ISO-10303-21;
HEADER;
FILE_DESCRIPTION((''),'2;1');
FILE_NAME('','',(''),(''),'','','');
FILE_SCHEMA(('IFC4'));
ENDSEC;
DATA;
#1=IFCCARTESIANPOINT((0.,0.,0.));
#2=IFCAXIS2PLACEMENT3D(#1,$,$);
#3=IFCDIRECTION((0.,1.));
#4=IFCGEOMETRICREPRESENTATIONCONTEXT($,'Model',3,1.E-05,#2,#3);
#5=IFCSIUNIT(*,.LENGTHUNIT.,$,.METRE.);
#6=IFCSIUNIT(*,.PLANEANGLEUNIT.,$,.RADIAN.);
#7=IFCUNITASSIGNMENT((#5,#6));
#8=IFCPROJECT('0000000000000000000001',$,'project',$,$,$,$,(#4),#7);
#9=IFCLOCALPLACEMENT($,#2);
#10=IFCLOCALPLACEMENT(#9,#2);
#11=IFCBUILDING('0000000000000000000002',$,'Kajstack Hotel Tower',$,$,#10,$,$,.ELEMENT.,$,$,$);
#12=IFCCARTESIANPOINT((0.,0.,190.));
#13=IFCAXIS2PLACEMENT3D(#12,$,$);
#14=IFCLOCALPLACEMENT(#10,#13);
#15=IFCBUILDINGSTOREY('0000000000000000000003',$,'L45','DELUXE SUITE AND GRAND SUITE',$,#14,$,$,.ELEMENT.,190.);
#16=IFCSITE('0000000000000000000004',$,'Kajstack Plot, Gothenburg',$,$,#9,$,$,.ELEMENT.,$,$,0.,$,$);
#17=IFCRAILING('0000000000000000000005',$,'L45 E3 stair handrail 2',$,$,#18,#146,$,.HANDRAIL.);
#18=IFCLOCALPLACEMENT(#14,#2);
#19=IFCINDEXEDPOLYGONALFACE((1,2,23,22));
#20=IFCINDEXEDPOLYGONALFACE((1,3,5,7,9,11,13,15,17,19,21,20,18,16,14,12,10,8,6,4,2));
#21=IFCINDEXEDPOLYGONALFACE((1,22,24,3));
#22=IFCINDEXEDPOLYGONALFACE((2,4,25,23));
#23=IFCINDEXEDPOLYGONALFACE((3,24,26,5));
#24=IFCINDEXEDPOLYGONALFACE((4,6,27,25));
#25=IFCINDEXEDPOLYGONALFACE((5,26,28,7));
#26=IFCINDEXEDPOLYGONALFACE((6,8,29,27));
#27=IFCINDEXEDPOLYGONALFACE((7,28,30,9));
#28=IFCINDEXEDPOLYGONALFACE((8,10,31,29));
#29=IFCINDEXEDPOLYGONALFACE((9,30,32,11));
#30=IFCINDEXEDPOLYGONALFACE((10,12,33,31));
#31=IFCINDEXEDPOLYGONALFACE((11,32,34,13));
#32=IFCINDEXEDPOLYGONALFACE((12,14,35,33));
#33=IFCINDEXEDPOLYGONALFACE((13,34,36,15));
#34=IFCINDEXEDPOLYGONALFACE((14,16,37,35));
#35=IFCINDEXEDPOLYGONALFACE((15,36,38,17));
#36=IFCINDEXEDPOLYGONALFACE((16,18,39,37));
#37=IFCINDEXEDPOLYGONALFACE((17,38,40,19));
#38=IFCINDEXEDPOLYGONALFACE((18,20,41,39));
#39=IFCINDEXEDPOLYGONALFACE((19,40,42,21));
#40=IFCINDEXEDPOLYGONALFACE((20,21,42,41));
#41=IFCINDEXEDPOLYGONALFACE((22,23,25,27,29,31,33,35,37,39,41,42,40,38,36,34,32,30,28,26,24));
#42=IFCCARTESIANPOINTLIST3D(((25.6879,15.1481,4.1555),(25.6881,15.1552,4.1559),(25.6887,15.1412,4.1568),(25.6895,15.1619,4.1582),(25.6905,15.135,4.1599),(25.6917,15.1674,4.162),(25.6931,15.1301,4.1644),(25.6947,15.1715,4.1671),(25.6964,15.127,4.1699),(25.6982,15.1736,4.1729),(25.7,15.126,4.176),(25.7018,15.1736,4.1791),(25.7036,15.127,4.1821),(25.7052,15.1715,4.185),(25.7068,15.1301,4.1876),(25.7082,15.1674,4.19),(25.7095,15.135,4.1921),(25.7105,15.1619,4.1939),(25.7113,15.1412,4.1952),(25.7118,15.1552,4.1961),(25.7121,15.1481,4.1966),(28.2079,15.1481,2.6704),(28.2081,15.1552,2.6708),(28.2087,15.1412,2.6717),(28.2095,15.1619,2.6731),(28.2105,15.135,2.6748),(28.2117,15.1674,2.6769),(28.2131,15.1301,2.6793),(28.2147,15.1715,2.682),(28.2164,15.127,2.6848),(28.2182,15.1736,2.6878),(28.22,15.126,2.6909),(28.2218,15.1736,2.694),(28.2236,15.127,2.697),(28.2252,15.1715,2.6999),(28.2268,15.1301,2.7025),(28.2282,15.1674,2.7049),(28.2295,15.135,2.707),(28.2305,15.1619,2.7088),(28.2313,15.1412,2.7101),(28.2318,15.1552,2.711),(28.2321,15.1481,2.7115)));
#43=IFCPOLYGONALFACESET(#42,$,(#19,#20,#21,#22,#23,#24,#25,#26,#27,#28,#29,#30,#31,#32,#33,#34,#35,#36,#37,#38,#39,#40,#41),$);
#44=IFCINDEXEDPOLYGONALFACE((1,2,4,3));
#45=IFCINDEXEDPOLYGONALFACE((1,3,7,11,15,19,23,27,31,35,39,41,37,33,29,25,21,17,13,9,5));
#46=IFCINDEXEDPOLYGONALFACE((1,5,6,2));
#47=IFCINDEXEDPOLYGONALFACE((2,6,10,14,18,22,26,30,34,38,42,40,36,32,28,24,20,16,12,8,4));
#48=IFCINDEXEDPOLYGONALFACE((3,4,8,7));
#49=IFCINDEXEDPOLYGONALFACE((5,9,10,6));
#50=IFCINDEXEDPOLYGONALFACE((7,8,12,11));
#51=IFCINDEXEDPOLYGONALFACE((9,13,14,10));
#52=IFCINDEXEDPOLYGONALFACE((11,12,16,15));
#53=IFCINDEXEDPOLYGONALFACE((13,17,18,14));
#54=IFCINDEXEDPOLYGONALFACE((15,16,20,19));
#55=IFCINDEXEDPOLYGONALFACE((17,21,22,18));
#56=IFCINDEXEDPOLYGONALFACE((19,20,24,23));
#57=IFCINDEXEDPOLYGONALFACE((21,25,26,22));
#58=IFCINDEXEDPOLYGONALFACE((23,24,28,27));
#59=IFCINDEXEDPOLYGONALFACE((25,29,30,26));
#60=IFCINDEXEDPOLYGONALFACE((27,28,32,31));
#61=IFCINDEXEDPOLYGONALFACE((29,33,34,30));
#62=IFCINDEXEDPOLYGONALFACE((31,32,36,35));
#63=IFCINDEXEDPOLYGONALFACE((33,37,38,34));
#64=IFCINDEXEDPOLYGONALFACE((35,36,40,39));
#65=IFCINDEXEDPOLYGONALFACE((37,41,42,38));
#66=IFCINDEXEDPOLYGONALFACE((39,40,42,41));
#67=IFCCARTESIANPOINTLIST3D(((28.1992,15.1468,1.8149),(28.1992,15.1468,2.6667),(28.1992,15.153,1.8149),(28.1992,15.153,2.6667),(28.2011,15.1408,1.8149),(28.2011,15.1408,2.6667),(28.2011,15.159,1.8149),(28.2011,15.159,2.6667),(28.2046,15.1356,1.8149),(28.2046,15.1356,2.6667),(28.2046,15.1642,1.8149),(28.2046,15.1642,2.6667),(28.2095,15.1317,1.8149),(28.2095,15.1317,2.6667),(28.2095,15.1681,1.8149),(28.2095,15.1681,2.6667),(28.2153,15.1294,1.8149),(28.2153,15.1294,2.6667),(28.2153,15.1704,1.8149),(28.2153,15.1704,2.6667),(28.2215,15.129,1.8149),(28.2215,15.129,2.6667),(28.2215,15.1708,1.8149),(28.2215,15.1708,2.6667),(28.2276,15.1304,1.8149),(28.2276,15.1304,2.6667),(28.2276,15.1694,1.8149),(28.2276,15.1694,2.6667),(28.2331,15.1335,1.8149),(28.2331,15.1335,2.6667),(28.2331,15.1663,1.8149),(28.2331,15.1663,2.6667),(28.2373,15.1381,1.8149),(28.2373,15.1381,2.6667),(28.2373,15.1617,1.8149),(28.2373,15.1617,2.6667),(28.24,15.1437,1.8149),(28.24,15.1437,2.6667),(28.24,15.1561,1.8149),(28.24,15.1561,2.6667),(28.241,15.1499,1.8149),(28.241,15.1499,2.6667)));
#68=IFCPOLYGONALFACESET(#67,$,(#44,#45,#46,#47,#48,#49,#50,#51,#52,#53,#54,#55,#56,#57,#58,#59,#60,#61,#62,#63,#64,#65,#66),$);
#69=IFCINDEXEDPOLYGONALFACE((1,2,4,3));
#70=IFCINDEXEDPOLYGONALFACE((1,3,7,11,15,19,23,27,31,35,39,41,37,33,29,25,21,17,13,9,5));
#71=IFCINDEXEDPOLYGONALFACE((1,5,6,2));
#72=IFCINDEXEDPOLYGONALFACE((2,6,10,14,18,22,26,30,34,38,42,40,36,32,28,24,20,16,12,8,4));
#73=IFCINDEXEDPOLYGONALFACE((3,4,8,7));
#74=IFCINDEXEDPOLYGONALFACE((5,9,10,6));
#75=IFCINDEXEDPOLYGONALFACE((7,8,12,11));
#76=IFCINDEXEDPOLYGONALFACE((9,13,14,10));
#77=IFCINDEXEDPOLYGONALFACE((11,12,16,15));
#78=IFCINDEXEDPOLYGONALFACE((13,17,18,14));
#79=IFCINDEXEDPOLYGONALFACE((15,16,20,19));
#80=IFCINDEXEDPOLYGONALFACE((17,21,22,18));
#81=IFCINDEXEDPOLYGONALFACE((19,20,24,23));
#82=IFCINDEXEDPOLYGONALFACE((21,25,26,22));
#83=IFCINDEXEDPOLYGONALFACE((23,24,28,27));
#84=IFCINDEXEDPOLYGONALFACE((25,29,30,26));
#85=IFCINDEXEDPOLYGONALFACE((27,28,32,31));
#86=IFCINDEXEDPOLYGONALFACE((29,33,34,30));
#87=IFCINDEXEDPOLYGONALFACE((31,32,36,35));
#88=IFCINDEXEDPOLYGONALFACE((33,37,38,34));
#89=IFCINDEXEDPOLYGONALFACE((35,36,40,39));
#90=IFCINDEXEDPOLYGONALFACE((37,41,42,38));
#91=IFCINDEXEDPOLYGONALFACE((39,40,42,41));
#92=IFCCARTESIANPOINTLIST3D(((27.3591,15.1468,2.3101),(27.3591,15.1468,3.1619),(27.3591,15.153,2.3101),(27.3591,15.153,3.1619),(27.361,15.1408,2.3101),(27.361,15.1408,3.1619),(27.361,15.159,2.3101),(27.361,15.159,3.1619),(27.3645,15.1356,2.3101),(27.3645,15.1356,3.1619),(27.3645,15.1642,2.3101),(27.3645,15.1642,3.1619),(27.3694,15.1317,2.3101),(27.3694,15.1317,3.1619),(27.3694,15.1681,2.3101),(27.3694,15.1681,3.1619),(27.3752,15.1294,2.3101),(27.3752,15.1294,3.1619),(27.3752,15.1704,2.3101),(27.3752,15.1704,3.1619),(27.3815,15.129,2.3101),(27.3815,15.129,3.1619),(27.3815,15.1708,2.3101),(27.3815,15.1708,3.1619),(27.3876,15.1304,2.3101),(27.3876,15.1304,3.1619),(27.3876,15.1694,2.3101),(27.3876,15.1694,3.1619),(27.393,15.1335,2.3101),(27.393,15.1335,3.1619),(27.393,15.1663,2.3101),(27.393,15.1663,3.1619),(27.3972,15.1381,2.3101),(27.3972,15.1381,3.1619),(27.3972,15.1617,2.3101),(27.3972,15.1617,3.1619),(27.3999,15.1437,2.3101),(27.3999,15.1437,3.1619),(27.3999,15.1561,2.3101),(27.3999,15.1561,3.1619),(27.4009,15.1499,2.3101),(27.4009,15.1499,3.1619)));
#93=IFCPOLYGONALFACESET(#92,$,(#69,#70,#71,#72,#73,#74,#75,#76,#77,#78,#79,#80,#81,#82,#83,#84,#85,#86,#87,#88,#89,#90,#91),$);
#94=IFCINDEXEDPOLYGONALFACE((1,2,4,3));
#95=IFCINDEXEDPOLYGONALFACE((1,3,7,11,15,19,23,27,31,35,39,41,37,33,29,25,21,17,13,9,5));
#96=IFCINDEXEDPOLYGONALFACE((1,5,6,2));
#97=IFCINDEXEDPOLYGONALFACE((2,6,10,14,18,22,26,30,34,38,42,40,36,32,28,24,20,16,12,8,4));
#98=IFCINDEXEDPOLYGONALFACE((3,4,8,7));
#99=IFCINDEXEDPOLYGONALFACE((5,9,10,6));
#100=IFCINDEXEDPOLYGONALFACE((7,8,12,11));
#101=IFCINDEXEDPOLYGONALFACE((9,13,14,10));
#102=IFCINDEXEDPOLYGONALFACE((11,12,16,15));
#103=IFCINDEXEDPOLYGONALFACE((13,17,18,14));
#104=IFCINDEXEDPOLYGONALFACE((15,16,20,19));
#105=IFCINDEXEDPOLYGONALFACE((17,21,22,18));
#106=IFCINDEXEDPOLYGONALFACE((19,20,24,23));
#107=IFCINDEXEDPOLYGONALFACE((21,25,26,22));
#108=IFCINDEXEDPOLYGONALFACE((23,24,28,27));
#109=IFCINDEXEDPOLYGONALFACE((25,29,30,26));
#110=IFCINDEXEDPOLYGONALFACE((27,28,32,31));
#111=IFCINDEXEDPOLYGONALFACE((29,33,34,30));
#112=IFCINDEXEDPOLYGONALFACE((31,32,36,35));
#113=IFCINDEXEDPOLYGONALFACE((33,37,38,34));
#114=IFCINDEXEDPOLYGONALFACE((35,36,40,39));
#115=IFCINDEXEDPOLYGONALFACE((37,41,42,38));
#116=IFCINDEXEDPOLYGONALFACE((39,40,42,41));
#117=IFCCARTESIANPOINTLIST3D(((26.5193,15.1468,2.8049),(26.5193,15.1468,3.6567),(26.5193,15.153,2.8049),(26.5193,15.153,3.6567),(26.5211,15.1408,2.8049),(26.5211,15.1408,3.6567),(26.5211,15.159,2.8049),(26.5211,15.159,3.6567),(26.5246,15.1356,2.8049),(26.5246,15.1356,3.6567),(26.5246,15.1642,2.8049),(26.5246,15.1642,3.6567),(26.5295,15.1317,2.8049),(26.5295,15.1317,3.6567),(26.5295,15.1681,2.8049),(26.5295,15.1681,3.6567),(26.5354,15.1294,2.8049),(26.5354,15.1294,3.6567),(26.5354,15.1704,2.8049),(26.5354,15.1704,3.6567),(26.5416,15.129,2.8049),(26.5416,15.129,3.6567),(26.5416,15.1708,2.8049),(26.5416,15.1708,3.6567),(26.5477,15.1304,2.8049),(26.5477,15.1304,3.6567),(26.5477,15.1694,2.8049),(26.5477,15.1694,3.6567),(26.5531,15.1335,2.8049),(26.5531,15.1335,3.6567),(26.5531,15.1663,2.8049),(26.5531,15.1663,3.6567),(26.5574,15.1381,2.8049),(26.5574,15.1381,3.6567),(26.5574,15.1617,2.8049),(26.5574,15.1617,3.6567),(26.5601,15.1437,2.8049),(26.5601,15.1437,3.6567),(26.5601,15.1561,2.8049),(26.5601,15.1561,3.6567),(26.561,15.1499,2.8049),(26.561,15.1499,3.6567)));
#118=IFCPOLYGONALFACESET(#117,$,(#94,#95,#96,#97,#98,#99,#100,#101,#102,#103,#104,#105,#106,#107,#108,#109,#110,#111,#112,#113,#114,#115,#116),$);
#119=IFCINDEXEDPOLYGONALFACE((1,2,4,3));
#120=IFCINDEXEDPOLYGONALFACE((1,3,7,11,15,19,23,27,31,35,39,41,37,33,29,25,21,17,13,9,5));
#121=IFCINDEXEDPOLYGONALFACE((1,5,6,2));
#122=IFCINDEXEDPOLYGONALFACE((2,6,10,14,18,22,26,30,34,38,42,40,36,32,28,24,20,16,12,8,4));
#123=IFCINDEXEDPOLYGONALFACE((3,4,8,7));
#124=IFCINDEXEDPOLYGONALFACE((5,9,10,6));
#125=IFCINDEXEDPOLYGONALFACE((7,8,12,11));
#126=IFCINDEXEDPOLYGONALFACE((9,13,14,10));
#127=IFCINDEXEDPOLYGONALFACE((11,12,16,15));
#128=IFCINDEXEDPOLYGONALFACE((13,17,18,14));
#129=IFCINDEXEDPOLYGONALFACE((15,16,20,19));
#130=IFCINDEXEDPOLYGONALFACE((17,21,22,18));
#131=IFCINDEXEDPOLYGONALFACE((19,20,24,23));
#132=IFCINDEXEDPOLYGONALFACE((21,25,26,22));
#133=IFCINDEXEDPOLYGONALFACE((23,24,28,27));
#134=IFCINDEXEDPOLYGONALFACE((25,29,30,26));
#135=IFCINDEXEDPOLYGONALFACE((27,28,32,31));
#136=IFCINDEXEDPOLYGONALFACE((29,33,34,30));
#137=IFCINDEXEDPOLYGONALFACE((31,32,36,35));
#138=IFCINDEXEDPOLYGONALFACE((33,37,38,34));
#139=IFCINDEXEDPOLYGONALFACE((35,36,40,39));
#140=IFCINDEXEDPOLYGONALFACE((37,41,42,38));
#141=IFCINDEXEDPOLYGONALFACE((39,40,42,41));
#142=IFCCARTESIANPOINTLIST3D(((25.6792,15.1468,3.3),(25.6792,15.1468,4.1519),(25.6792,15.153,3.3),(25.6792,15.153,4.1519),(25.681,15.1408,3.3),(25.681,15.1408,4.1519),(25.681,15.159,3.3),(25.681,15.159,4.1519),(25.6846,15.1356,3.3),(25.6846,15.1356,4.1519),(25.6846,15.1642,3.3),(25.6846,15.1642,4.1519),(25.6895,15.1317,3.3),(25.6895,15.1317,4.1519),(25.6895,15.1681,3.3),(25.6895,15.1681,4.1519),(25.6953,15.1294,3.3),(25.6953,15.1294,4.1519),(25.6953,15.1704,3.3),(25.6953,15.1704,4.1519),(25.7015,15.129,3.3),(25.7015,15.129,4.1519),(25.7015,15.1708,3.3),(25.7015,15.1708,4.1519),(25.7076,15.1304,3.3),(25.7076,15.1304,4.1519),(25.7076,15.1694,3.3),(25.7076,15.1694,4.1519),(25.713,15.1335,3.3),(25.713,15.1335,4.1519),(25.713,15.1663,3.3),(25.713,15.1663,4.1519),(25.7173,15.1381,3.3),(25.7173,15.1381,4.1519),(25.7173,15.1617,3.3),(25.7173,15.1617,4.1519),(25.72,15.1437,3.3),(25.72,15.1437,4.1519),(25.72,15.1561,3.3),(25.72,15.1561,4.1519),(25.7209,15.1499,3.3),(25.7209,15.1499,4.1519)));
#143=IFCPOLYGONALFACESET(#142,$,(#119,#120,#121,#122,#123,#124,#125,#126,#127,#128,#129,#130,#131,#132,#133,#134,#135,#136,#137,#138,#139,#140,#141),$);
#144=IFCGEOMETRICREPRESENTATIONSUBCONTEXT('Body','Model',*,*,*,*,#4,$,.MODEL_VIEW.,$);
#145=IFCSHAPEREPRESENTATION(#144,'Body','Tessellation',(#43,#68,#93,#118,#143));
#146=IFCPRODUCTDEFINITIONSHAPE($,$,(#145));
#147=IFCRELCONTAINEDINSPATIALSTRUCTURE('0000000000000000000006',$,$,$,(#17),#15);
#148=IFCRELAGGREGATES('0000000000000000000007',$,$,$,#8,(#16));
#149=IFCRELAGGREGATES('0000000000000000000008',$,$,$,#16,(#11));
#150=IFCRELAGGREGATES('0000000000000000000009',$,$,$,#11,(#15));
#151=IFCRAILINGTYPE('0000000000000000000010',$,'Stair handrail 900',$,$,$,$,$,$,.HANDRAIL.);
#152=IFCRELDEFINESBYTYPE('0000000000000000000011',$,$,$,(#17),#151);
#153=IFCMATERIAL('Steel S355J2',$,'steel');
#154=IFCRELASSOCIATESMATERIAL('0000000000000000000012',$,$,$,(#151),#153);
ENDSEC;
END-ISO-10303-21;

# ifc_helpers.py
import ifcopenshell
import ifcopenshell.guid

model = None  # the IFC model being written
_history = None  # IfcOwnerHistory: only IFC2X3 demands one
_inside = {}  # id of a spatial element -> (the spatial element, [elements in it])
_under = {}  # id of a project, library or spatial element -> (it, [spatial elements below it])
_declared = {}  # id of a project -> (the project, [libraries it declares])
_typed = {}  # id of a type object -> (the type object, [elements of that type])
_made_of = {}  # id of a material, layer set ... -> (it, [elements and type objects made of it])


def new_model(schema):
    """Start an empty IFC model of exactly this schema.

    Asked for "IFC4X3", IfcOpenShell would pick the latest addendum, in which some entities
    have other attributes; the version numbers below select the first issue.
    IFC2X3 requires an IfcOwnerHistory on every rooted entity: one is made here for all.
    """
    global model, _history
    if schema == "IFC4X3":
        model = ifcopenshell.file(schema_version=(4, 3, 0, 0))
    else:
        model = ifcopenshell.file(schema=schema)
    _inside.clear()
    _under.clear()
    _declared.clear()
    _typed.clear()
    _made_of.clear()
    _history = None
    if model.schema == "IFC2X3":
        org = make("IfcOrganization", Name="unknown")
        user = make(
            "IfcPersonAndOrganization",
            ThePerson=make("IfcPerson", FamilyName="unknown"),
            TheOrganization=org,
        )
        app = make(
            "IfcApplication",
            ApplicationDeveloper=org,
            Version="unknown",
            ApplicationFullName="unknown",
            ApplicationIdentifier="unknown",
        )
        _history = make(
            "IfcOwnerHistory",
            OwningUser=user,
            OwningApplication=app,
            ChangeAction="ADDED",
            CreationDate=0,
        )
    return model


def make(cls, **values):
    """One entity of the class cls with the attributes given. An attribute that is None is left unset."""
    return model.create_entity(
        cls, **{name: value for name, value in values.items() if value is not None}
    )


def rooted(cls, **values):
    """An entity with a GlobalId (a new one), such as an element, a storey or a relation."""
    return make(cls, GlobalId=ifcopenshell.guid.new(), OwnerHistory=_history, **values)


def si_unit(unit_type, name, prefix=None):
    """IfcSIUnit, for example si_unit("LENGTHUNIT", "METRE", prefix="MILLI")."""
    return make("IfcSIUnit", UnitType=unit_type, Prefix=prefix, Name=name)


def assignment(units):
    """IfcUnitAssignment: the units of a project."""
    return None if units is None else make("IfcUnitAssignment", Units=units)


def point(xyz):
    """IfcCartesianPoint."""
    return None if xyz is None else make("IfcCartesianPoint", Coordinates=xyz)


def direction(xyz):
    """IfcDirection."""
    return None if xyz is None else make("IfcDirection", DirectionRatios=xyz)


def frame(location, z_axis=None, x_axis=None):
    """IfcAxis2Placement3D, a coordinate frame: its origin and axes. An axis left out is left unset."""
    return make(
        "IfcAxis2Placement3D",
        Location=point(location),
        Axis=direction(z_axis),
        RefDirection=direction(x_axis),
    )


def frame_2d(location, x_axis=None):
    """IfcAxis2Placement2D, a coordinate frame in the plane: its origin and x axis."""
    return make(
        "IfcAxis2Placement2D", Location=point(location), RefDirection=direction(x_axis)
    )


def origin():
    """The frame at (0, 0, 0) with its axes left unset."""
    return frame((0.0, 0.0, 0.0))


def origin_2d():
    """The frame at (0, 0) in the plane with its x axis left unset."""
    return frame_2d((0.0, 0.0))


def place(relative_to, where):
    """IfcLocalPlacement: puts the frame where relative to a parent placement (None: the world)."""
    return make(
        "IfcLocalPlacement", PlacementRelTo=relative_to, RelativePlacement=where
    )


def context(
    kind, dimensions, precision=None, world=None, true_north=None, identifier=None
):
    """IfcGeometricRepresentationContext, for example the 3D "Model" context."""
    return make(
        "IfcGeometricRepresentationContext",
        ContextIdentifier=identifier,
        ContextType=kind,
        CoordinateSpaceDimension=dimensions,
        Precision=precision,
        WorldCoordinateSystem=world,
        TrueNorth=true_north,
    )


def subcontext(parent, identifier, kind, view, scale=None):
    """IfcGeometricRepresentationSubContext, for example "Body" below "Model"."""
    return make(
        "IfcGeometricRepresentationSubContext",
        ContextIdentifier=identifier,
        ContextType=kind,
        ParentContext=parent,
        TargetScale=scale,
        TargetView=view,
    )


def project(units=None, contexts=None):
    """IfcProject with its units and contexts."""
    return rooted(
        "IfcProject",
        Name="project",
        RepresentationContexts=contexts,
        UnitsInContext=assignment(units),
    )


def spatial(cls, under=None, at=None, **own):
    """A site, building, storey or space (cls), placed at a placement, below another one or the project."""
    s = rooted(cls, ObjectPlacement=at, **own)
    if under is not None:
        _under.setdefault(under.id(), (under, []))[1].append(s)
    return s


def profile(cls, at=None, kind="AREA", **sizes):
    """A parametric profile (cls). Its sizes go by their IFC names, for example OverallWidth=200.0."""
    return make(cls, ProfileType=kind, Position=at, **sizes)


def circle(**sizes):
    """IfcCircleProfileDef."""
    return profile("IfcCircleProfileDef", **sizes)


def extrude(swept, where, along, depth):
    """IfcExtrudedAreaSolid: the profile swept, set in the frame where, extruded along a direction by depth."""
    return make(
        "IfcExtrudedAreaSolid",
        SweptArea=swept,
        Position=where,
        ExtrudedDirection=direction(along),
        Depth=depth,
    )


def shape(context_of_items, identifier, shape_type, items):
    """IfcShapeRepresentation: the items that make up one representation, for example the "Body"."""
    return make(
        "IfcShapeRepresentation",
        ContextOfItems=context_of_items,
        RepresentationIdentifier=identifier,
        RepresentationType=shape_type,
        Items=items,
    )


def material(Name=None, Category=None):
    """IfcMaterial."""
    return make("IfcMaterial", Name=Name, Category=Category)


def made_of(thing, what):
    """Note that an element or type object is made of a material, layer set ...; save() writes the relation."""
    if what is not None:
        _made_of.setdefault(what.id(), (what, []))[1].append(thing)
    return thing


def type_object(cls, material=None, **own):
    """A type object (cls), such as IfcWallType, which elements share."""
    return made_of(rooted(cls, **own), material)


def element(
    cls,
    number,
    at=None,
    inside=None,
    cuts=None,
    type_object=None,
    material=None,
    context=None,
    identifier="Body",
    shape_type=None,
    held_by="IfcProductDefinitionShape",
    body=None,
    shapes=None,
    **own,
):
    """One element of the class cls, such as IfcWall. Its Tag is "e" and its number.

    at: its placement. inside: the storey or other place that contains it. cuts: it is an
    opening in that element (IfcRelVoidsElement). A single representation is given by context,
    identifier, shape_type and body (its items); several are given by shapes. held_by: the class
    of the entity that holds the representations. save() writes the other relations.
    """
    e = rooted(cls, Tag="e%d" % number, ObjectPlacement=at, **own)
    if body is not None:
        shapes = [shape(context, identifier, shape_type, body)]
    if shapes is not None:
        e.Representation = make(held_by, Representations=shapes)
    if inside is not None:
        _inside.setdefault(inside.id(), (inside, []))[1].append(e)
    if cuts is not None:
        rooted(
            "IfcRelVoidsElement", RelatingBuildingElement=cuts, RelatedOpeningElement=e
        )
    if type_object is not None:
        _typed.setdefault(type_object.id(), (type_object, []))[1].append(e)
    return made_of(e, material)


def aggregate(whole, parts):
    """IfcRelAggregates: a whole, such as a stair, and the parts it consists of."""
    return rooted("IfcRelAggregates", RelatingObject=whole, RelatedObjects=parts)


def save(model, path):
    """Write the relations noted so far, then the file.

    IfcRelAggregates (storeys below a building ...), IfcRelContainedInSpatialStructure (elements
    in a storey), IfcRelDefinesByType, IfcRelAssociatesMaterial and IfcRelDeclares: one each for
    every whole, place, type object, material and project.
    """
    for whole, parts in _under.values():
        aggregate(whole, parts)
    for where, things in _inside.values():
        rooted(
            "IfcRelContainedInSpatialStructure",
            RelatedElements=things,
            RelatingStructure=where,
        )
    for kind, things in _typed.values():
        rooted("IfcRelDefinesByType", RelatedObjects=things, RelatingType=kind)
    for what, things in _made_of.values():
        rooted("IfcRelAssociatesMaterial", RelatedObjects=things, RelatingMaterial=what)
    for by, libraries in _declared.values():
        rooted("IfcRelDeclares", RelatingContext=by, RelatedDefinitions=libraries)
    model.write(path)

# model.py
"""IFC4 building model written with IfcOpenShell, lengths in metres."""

from ifc_helpers import new_model, si_unit, direction, frame, origin, origin_2d, place, context, subcontext, project, spatial, circle, extrude, material, type_object, element, save


model = new_model("IFC4")

# Units and contexts
model_context = context("Model", 3, precision=1e-05, world=origin(), true_north=direction((0.0, 1.0)))
body_context = subcontext(model_context, "Body", "Model", "MODEL_VIEW")
ifc_project = project(units=[si_unit("LENGTHUNIT", "METRE"), si_unit("PLANEANGLEUNIT", "RADIAN")], contexts=[model_context])

# Site, building, storey
site_placement = place(None, origin())
site = spatial("IfcSite", under=ifc_project, at=site_placement, Name="Kajstack Plot, Gothenburg", CompositionType="ELEMENT", RefElevation=0.0)
building_placement = place(site_placement, origin())
building = spatial("IfcBuilding", under=site, at=building_placement, Name="Kajstack Hotel Tower", CompositionType="ELEMENT")
storey_placement = place(building_placement, frame((0.0, 0.0, 190.0)))
storey = spatial("IfcBuildingStorey", under=building, at=storey_placement, Name="L45", Description="DELUXE SUITE AND GRAND SUITE", CompositionType="ELEMENT", Elevation=190.0)

# Railing
ifc_material_1 = material(Name="Steel S355J2", Category="steel")
railing_type_1 = type_object("IfcRailingType", Name="Stair handrail 900", PredefinedType="HANDRAIL", material=ifc_material_1)
railing_1_placement = place(storey_placement, frame((28.22, 15.1499, 1.8149)))
element("IfcRailing", 1, at=railing_1_placement, inside=storey, type_object=railing_type_1, Name="L45 E3 stair handrail 2", PredefinedType="HANDRAIL", context=body_context, shape_type="SweptSolid", body=[
    extrude(circle(Radius=0.0239, at=origin_2d()), frame((0.0, 0.0, 0.876), z_axis=(-0.861524, 0.0, 0.507717), x_axis=(0.0, -1.0, 0.0)), (0.0, 0.0, 1.0), 2.925),
    extrude(circle(Radius=0.021, at=origin_2d()), origin(), (0.0, 0.0, 1.0), 0.8518),
    extrude(circle(Radius=0.021, at=origin_2d()), frame((-0.8401, 0.0, 0.4951)), (0.0, 0.0, 1.0), 0.8518),
    extrude(circle(Radius=0.021, at=origin_2d()), frame((-1.6799, 0.0, 0.99)), (0.0, 0.0, 1.0), 0.8518),
    extrude(circle(Radius=0.021, at=origin_2d()), frame((-2.52, 0.0, 1.4851)), (0.0, 0.0, 1.0), 0.8518),
])

save(model, "model.ifc")
